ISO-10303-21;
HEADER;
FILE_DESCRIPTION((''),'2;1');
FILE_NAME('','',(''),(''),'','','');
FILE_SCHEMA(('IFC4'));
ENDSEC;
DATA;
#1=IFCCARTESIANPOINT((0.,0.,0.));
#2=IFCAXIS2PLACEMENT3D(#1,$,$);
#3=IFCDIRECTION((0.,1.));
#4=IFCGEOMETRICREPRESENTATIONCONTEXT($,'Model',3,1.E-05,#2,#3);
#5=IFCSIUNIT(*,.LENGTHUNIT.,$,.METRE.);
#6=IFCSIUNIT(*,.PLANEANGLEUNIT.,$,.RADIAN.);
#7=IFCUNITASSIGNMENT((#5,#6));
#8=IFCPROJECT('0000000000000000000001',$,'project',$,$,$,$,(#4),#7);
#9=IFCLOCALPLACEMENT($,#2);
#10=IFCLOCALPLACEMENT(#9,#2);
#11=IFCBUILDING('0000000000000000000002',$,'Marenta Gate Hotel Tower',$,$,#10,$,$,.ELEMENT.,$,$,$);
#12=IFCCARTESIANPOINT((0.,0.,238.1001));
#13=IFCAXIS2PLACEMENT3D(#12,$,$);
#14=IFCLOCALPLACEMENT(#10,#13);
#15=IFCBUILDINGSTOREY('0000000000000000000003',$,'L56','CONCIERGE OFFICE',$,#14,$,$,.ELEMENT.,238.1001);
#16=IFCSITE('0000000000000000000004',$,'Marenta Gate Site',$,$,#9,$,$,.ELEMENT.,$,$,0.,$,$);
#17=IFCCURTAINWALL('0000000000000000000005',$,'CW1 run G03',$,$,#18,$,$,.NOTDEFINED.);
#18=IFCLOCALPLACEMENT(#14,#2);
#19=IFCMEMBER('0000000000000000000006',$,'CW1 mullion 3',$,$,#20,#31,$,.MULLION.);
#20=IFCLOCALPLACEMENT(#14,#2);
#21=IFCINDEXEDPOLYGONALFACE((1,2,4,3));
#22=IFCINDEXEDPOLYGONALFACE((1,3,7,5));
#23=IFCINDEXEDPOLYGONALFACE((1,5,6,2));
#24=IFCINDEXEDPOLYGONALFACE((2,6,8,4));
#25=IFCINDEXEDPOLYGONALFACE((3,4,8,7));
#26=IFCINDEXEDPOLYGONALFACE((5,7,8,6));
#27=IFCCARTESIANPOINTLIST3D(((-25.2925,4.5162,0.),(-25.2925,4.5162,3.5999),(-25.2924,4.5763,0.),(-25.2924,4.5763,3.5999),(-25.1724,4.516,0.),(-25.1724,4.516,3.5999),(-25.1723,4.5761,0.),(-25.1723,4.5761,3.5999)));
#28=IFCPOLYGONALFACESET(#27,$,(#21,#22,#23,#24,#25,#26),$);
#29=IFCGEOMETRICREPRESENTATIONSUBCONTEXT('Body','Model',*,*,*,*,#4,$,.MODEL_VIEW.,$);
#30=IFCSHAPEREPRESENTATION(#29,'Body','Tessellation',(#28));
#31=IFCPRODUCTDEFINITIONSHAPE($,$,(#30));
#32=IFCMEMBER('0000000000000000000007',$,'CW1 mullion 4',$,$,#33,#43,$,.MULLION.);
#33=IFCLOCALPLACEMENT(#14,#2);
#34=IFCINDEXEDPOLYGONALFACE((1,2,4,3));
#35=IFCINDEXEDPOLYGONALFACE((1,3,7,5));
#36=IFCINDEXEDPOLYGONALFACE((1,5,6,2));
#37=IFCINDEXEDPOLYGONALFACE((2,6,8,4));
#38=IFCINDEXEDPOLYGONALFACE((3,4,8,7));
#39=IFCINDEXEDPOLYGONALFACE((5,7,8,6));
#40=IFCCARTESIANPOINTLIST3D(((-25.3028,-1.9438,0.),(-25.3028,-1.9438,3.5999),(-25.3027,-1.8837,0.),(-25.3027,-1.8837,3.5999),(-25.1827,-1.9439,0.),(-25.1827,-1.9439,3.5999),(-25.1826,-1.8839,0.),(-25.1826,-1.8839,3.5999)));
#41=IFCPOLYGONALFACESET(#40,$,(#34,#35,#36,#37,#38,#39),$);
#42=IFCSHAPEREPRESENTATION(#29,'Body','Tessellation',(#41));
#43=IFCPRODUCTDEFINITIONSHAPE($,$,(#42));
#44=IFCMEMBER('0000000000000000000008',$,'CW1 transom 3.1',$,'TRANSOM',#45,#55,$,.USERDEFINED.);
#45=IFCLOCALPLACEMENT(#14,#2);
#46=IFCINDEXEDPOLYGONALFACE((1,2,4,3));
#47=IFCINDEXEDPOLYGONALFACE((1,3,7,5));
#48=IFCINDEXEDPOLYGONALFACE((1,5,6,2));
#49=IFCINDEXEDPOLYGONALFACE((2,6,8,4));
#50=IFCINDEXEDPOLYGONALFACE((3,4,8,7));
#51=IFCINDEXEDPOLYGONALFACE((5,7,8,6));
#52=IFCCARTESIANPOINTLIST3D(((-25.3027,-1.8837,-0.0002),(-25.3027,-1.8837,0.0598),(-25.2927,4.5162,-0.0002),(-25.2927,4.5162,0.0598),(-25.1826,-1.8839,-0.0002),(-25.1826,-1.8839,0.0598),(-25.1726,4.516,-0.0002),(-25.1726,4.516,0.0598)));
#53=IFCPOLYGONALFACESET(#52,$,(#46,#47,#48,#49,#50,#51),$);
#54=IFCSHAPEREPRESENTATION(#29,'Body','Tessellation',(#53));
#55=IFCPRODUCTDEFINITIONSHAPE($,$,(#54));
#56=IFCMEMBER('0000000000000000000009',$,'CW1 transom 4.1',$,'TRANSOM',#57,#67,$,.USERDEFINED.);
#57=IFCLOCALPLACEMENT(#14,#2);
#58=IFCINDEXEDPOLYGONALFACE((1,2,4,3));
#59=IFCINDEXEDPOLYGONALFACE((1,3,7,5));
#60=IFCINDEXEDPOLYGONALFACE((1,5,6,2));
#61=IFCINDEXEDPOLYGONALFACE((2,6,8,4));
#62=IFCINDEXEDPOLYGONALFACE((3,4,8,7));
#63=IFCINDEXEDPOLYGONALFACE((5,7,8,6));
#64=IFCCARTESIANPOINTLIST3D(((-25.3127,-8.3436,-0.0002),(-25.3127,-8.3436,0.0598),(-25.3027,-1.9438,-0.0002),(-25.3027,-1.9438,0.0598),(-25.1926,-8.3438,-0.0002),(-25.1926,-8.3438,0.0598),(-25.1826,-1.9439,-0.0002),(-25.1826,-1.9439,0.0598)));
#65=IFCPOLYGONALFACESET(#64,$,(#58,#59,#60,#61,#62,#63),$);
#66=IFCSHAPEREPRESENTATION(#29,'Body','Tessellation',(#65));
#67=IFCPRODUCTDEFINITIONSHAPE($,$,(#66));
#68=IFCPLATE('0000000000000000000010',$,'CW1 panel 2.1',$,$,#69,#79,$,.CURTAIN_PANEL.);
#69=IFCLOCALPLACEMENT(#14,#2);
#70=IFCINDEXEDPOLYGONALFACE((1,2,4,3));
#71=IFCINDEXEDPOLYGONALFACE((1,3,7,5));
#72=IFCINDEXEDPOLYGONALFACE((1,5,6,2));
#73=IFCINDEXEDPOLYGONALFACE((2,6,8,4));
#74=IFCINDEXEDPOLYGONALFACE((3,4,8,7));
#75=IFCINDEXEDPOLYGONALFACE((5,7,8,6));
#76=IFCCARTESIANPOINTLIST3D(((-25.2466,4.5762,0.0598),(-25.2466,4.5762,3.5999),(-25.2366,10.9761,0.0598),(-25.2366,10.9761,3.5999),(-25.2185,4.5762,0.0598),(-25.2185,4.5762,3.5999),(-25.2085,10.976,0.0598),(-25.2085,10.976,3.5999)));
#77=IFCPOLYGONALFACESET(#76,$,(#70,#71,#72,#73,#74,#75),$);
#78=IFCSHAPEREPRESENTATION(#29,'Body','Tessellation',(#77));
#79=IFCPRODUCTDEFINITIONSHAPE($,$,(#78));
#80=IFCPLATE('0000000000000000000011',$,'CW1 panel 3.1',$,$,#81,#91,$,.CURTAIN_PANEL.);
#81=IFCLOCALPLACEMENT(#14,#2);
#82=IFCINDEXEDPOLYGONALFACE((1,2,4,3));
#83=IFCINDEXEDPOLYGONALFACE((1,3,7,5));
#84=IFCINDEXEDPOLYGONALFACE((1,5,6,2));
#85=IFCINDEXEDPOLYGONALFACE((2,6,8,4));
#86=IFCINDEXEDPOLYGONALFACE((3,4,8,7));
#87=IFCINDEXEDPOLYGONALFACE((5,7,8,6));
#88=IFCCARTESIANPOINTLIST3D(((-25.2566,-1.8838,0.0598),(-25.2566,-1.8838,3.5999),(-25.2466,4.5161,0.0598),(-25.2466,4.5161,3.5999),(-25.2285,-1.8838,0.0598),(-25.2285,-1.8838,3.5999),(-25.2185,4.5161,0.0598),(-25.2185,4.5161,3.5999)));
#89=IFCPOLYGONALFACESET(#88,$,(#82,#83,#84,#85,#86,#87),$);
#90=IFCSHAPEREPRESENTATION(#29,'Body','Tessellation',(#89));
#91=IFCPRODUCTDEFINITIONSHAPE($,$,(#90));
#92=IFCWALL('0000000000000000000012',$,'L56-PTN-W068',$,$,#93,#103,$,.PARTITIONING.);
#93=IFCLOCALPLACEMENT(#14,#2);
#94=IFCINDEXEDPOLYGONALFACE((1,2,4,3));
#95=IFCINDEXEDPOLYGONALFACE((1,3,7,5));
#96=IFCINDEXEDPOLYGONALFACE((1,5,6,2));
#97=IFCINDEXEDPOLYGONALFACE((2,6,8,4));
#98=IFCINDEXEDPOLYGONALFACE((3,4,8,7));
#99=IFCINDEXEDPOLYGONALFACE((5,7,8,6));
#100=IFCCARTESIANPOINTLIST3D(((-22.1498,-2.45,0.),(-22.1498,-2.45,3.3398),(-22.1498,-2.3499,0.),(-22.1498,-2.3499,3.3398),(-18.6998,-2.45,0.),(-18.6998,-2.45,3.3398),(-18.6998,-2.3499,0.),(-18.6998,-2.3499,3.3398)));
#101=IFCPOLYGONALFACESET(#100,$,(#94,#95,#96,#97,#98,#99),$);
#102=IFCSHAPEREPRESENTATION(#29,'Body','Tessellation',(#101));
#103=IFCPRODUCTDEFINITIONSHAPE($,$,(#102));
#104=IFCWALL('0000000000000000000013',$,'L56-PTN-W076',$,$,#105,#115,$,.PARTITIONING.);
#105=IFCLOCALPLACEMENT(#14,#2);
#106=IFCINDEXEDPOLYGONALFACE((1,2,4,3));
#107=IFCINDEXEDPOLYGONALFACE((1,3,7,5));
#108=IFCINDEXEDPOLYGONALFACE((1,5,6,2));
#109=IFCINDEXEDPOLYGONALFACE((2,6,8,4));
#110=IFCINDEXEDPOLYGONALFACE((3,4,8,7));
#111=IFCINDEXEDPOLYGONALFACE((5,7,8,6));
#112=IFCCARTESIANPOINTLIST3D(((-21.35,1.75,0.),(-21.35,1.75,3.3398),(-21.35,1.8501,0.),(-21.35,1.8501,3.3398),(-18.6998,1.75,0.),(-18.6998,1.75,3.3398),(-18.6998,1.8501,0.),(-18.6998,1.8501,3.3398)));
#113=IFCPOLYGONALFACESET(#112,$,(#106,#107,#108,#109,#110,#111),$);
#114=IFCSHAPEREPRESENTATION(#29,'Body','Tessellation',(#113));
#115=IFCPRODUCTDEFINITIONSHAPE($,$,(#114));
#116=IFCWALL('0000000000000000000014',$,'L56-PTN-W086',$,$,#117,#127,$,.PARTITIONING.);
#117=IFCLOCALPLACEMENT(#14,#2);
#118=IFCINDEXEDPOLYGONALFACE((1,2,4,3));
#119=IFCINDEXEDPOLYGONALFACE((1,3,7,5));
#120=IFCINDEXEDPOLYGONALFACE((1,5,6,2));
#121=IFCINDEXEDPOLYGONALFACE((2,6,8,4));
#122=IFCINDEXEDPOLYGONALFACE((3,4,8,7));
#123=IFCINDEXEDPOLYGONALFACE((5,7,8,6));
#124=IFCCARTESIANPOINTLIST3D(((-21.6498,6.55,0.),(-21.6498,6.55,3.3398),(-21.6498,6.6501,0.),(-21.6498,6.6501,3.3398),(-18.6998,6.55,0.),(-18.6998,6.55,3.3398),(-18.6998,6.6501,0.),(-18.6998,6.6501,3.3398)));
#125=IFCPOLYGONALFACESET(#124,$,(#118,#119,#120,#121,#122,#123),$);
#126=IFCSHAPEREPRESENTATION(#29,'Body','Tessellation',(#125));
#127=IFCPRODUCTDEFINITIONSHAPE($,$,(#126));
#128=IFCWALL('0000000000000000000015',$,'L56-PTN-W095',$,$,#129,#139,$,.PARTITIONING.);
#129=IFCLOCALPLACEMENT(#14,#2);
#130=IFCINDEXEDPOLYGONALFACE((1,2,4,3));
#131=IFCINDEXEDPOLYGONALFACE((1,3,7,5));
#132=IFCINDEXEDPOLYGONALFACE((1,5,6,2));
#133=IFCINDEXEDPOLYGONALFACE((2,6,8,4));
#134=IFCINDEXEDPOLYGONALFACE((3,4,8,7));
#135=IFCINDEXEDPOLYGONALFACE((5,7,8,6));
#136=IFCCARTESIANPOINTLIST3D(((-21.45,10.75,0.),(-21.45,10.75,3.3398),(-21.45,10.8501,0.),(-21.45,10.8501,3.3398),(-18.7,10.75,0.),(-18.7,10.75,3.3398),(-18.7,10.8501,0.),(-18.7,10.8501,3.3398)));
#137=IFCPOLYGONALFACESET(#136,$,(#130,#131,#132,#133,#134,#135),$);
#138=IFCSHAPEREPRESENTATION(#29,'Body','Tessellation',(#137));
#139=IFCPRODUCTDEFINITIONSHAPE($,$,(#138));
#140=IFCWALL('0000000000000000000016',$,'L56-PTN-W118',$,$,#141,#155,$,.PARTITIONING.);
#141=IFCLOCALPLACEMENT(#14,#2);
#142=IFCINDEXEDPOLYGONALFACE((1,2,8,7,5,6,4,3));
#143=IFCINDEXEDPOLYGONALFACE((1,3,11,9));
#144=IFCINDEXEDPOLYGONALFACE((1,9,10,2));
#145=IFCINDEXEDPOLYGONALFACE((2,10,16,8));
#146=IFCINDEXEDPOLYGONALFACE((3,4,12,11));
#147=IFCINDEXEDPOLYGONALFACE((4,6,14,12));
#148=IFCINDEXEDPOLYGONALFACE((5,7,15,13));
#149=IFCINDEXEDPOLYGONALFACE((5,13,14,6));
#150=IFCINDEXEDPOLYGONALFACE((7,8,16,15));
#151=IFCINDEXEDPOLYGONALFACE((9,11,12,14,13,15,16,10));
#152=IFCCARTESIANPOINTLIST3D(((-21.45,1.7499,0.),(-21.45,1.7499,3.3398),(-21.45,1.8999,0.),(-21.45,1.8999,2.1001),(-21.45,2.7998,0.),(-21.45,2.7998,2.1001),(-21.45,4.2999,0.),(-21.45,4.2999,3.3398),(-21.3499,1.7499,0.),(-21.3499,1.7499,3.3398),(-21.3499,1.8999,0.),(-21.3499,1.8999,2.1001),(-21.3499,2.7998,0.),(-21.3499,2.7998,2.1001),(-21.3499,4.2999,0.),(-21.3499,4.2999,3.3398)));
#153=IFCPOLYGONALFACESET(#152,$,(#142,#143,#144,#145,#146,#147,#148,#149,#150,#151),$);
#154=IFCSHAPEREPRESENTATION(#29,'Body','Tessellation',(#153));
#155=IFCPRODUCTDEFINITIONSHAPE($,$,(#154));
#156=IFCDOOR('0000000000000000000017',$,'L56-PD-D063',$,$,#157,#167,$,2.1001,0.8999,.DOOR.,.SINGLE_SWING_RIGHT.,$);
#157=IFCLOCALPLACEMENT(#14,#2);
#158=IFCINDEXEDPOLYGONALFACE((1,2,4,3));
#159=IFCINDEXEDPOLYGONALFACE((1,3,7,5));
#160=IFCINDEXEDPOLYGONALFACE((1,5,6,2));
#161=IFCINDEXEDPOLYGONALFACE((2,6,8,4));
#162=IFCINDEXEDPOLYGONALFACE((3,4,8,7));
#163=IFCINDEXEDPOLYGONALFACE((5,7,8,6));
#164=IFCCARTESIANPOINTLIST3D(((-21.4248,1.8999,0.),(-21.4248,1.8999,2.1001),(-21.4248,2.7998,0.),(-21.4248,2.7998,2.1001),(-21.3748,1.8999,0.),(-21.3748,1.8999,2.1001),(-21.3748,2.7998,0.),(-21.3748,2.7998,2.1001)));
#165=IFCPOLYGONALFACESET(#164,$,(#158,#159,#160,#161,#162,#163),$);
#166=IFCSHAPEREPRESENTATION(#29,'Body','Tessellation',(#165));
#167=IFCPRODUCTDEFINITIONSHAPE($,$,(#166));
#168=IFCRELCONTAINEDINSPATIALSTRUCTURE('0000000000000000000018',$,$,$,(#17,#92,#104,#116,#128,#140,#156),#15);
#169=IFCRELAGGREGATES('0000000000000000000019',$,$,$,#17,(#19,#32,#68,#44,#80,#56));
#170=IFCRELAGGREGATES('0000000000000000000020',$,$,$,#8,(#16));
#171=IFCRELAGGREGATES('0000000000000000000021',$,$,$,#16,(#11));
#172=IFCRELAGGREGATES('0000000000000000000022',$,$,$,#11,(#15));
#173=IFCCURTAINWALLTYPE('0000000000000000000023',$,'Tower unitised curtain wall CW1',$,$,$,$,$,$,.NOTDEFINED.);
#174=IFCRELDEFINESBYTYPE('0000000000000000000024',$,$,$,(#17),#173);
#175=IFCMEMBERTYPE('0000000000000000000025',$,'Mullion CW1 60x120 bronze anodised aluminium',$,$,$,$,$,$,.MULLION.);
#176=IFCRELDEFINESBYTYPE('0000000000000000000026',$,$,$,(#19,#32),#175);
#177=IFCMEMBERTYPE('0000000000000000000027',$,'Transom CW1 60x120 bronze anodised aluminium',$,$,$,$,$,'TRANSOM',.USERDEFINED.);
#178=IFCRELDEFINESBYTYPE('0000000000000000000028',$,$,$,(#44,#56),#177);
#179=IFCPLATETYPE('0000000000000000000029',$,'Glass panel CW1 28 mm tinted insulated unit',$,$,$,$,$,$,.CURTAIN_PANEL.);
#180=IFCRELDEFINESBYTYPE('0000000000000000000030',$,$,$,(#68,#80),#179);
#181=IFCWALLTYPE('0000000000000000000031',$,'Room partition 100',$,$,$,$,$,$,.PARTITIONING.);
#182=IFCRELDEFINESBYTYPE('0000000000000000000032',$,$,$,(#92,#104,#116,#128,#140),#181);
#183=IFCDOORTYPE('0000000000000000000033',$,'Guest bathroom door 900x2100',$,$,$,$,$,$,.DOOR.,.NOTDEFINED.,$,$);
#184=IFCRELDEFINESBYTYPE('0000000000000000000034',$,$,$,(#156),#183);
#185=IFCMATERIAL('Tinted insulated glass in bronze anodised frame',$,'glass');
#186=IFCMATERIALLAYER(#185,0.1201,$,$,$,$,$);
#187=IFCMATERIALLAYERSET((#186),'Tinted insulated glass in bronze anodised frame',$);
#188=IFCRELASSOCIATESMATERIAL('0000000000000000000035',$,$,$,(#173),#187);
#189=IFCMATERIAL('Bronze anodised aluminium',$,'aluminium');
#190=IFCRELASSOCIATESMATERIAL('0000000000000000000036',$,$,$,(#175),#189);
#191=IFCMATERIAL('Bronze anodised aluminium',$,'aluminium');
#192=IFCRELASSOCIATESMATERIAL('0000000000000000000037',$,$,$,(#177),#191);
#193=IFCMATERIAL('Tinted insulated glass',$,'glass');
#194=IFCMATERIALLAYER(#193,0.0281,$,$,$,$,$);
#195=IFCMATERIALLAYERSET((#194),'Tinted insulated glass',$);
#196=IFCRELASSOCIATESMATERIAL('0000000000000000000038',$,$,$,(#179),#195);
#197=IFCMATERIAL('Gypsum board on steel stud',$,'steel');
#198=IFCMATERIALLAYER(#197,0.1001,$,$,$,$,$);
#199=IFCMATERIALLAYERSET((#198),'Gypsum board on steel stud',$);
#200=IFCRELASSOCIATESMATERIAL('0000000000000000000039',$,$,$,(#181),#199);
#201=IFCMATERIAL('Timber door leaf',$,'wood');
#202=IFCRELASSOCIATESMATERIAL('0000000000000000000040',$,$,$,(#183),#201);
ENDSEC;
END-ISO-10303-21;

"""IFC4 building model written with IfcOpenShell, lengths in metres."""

from ifc_helpers import new_model, si_unit, direction, frame, frame_2d, origin, origin_2d, place, context, subcontext, project, spatial, rectangle, extrude, material, layer, layer_set, material_profile, profile_set, type_object, element, fill, aggregate, save


model = new_model("IFC4")

# Units and contexts
model_context = context("Model", 3, precision=1e-05, world=origin(), true_north=direction((0.0, 1.0)))
body_context = subcontext(model_context, "Body", "Model", "MODEL_VIEW")
ifc_project = project(units=[si_unit("LENGTHUNIT", "METRE"), si_unit("PLANEANGLEUNIT", "RADIAN")], contexts=[model_context])

# Site, building, storey
site_placement = place(None, origin())
site = spatial("IfcSite", under=ifc_project, at=site_placement, Name="Marenta Gate Site", CompositionType="ELEMENT", RefElevation=0.0)
building_placement = place(site_placement, origin())
building = spatial("IfcBuilding", under=site, at=building_placement, Name="Marenta Gate Hotel Tower", CompositionType="ELEMENT")
storey_placement = place(building_placement, frame((0.0, 0.0, 238.1001)))
storey = spatial("IfcBuildingStorey", under=building, at=storey_placement, Name="L56", Description="CONCIERGE OFFICE", CompositionType="ELEMENT", Elevation=238.1001)

# Curtain wall, members, plates
ifc_material_1 = material(Name="Tinted insulated glass in bronze anodised frame", Category="glass")
ifc_layer_1 = layer(ifc_material_1, 0.1201)
ifc_layer_set_1 = layer_set([ifc_layer_1], Name="Tinted insulated glass in bronze anodised frame")
curtain_wall_type = type_object("IfcCurtainWallType", Name="Tower unitised curtain wall CW1", PredefinedType="NOTDEFINED", material=ifc_layer_set_1)
curtain_wall_placement = place(storey_placement, origin())
curtain_wall = element("IfcCurtainWall", 1, at=curtain_wall_placement, inside=storey, type_object=curtain_wall_type, Name="CW1 run G03", PredefinedType="NOTDEFINED")
ifc_material_2 = material(Name="Bronze anodised aluminium", Category="aluminium")
ifc_material_profile_1 = material_profile(ifc_material_2, rectangle(XDim=0.1201, YDim=0.0601, at=origin_2d()), Name="Mullion CW1 60x120 bronze anodised aluminium")
ifc_profile_set_1 = profile_set([ifc_material_profile_1], Name="Bronze anodised aluminium")
member_type_1 = type_object("IfcMemberType", Name="Mullion CW1 60x120 bronze anodised aluminium", PredefinedType="MULLION", material=ifc_profile_set_1)
member_1_placement = place(storey_placement, frame((-25.2324, 4.5461, 0.0), z_axis=(0.0, 0.0, 1.0), x_axis=(0.999999, -0.001566, 0.0)))
member_1 = element("IfcMember", 2, at=member_1_placement, type_object=member_type_1, Name="CW1 mullion 3", PredefinedType="MULLION", context=body_context, shape_type="SweptSolid", body=[
    extrude(rectangle(XDim=0.1201, YDim=0.0601, at=origin_2d()), origin(), (0.0, 0.0, 1.0), 3.5999),
])
member_2_placement = place(storey_placement, frame((-25.2427, -1.9138, 0.0), z_axis=(0.0, 0.0, 1.0), x_axis=(0.999999, -0.001566, 0.0)))
member_2 = element("IfcMember", 3, at=member_2_placement, type_object=member_type_1, Name="CW1 mullion 4", PredefinedType="MULLION", context=body_context, shape_type="SweptSolid", body=[
    extrude(rectangle(XDim=0.1201, YDim=0.0601, at=origin_2d()), origin(), (0.0, 0.0, 1.0), 3.5999),
])
ifc_material_3 = material(Name="Bronze anodised aluminium", Category="aluminium")
ifc_material_profile_2 = material_profile(ifc_material_3, rectangle(XDim=0.1201, YDim=0.0601, at=origin_2d()), Name="Transom CW1 60x120 bronze anodised aluminium")
ifc_profile_set_2 = profile_set([ifc_material_profile_2], Name="Bronze anodised aluminium")
member_type_2 = type_object("IfcMemberType", Name="Transom CW1 60x120 bronze anodised aluminium", ElementType="TRANSOM", PredefinedType="USERDEFINED", material=ifc_profile_set_2)
member_3_placement = place(storey_placement, frame((-25.2327, 4.5161, 0.0298), z_axis=(-0.001564, -0.999999, 0.0), x_axis=(0.999999, -0.001564, 0.0)))
member_3 = element("IfcMember", 4, at=member_3_placement, type_object=member_type_2, Name="CW1 transom 3.1", ObjectType="TRANSOM", PredefinedType="USERDEFINED", context=body_context, shape_type="SweptSolid", body=[
    extrude(rectangle(XDim=0.1201, YDim=0.0601, at=origin_2d()), origin(), (0.0, 0.0, 1.0), 6.3999),
])
member_4_placement = place(storey_placement, frame((-25.2427, -1.9438, 0.0298), z_axis=(-0.001564, -0.999999, 0.0), x_axis=(0.999999, -0.001564, 0.0)))
member_4 = element("IfcMember", 5, at=member_4_placement, type_object=member_type_2, Name="CW1 transom 4.1", ObjectType="TRANSOM", PredefinedType="USERDEFINED", context=body_context, shape_type="SweptSolid", body=[
    extrude(rectangle(XDim=0.1201, YDim=0.0601, at=origin_2d()), origin(), (0.0, 0.0, 1.0), 6.3999),
])
ifc_material_4 = material(Name="Tinted insulated glass", Category="glass")
ifc_layer_2 = layer(ifc_material_4, 0.0281)
ifc_layer_set_2 = layer_set([ifc_layer_2], Name="Tinted insulated glass")
plate_type = type_object("IfcPlateType", Name="Glass panel CW1 28 mm tinted insulated unit", PredefinedType="CURTAIN_PANEL", material=ifc_layer_set_2)
plate_1_placement = place(storey_placement, frame((-25.2275, 7.7761, 0.0598), z_axis=(0.0, 0.0, 1.0), x_axis=(-0.001566, -0.999999, 0.0)))
plate_1 = element("IfcPlate", 6, at=plate_1_placement, type_object=plate_type, Name="CW1 panel 2.1", PredefinedType="CURTAIN_PANEL", context=body_context, shape_type="SweptSolid", body=[
    extrude(rectangle(XDim=6.3999, YDim=0.0281, at=origin_2d()), origin(), (0.0, 0.0, 1.0), 3.54),
])
plate_2_placement = place(storey_placement, frame((-25.2375, 1.3162, 0.0598), z_axis=(0.0, 0.0, 1.0), x_axis=(-0.001566, -0.999999, 0.0)))
plate_2 = element("IfcPlate", 7, at=plate_2_placement, type_object=plate_type, Name="CW1 panel 3.1", PredefinedType="CURTAIN_PANEL", context=body_context, shape_type="SweptSolid", body=[
    extrude(rectangle(XDim=6.3999, YDim=0.0281, at=origin_2d()), origin(), (0.0, 0.0, 1.0), 3.54),
])
aggregate(curtain_wall, [member_1, member_2, plate_1, member_3, plate_2, member_4])

# Walls
ifc_material_5 = material(Name="Gypsum board on steel stud", Category="steel")
ifc_layer_3 = layer(ifc_material_5, 0.1001)
ifc_layer_set_3 = layer_set([ifc_layer_3], Name="Gypsum board on steel stud")
wall_type_1 = type_object("IfcWallType", Name="Room partition 100", PredefinedType="PARTITIONING", material=ifc_layer_set_3)
wall_1_placement = place(storey_placement, frame((-22.1499, -2.3999, 0.0), z_axis=(0.0, 0.0, 1.0), x_axis=(1.0, 0.0, 0.0)))
element("IfcWall", 8, at=wall_1_placement, inside=storey, type_object=wall_type_1, Name="L56-PTN-W068", PredefinedType="PARTITIONING", context=body_context, shape_type="SweptSolid", body=[
    extrude(rectangle(XDim=3.45, YDim=0.1001, at=frame_2d((1.7251, 0.0))), origin(), (0.0, 0.0, 1.0), 3.3398),
])
wall_2_placement = place(storey_placement, frame((-21.3501, 1.8, 0.0), z_axis=(0.0, 0.0, 1.0), x_axis=(1.0, 0.0, 0.0)))
element("IfcWall", 9, at=wall_2_placement, inside=storey, type_object=wall_type_1, Name="L56-PTN-W076", PredefinedType="PARTITIONING", context=body_context, shape_type="SweptSolid", body=[
    extrude(rectangle(XDim=2.6501, YDim=0.1001, at=frame_2d((1.3252, 0.0))), origin(), (0.0, 0.0, 1.0), 3.3398),
])
wall_3_placement = place(storey_placement, frame((-21.6499, 6.6001, 0.0), z_axis=(0.0, 0.0, 1.0), x_axis=(1.0, 0.0, 0.0)))
element("IfcWall", 10, at=wall_3_placement, inside=storey, type_object=wall_type_1, Name="L56-PTN-W086", PredefinedType="PARTITIONING", context=body_context, shape_type="SweptSolid", body=[
    extrude(rectangle(XDim=2.95, YDim=0.1001, at=frame_2d((1.4751, 0.0))), origin(), (0.0, 0.0, 1.0), 3.3398),
])
wall_4_placement = place(storey_placement, frame((-21.45, 10.8, 0.0), z_axis=(0.0, 0.0, 1.0), x_axis=(1.0, 0.0, 0.0)))
element("IfcWall", 11, at=wall_4_placement, inside=storey, type_object=wall_type_1, Name="L56-PTN-W095", PredefinedType="PARTITIONING", context=body_context, shape_type="SweptSolid", body=[
    extrude(rectangle(XDim=2.75, YDim=0.1001, at=frame_2d((1.375, 0.0))), origin(), (0.0, 0.0, 1.0), 3.3398),
])

# Wall, opening, door
wall_5_placement = place(storey_placement, frame((-21.3999, 1.75, 0.0), z_axis=(0.0, 0.0, 1.0), x_axis=(0.0, 1.0, 0.0)))
wall_5 = element("IfcWall", 12, at=wall_5_placement, inside=storey, type_object=wall_type_1, Name="L56-PTN-W118", PredefinedType="PARTITIONING", context=body_context, shape_type="SweptSolid", body=[
    extrude(rectangle(XDim=2.55, YDim=0.1001, at=frame_2d((1.2749, 0.0))), origin(), (0.0, 0.0, 1.0), 3.3398),
])
opening_1_placement = place(wall_5_placement, frame((0.1499, 0.0, 0.0)))
opening_1 = element("IfcOpeningElement", 13, at=opening_1_placement, cuts=wall_5, PredefinedType="OPENING", context=body_context, shape_type="SweptSolid", body=[
    extrude(rectangle(XDim=0.8999, YDim=2.1001, at=frame_2d((0.45, 1.05))), frame((0.0, 0.05, 0.0), z_axis=(0.0, -1.0, 0.0), x_axis=(1.0, 0.0, 0.0)), (0.0, 0.0, 1.0), 0.1001),
])
ifc_material_6 = material(Name="Timber door leaf", Category="wood")
door_type_1 = type_object("IfcDoorType", Name="Guest bathroom door 900x2100", OperationType="NOTDEFINED", PredefinedType="DOOR", material=ifc_material_6)
door_1_placement = place(opening_1_placement, origin())
door_1 = element("IfcDoor", 14, at=door_1_placement, inside=storey, type_object=door_type_1, Name="L56-PD-D063", OperationType="SINGLE_SWING_RIGHT", OverallHeight=2.1001, OverallWidth=0.8999, PredefinedType="DOOR", context=body_context, shape_type="SweptSolid", body=[
    extrude(rectangle(XDim=0.8999, YDim=2.1001, at=frame_2d((0.45, 1.05))), frame((0.0, 0.0249, 0.0), z_axis=(0.0, -1.0, 0.0), x_axis=(1.0, 0.0, 0.0)), (0.0, 0.0, 1.0), 0.05),
])
fill(opening_1, door_1)

save(model, "model.ifc")
